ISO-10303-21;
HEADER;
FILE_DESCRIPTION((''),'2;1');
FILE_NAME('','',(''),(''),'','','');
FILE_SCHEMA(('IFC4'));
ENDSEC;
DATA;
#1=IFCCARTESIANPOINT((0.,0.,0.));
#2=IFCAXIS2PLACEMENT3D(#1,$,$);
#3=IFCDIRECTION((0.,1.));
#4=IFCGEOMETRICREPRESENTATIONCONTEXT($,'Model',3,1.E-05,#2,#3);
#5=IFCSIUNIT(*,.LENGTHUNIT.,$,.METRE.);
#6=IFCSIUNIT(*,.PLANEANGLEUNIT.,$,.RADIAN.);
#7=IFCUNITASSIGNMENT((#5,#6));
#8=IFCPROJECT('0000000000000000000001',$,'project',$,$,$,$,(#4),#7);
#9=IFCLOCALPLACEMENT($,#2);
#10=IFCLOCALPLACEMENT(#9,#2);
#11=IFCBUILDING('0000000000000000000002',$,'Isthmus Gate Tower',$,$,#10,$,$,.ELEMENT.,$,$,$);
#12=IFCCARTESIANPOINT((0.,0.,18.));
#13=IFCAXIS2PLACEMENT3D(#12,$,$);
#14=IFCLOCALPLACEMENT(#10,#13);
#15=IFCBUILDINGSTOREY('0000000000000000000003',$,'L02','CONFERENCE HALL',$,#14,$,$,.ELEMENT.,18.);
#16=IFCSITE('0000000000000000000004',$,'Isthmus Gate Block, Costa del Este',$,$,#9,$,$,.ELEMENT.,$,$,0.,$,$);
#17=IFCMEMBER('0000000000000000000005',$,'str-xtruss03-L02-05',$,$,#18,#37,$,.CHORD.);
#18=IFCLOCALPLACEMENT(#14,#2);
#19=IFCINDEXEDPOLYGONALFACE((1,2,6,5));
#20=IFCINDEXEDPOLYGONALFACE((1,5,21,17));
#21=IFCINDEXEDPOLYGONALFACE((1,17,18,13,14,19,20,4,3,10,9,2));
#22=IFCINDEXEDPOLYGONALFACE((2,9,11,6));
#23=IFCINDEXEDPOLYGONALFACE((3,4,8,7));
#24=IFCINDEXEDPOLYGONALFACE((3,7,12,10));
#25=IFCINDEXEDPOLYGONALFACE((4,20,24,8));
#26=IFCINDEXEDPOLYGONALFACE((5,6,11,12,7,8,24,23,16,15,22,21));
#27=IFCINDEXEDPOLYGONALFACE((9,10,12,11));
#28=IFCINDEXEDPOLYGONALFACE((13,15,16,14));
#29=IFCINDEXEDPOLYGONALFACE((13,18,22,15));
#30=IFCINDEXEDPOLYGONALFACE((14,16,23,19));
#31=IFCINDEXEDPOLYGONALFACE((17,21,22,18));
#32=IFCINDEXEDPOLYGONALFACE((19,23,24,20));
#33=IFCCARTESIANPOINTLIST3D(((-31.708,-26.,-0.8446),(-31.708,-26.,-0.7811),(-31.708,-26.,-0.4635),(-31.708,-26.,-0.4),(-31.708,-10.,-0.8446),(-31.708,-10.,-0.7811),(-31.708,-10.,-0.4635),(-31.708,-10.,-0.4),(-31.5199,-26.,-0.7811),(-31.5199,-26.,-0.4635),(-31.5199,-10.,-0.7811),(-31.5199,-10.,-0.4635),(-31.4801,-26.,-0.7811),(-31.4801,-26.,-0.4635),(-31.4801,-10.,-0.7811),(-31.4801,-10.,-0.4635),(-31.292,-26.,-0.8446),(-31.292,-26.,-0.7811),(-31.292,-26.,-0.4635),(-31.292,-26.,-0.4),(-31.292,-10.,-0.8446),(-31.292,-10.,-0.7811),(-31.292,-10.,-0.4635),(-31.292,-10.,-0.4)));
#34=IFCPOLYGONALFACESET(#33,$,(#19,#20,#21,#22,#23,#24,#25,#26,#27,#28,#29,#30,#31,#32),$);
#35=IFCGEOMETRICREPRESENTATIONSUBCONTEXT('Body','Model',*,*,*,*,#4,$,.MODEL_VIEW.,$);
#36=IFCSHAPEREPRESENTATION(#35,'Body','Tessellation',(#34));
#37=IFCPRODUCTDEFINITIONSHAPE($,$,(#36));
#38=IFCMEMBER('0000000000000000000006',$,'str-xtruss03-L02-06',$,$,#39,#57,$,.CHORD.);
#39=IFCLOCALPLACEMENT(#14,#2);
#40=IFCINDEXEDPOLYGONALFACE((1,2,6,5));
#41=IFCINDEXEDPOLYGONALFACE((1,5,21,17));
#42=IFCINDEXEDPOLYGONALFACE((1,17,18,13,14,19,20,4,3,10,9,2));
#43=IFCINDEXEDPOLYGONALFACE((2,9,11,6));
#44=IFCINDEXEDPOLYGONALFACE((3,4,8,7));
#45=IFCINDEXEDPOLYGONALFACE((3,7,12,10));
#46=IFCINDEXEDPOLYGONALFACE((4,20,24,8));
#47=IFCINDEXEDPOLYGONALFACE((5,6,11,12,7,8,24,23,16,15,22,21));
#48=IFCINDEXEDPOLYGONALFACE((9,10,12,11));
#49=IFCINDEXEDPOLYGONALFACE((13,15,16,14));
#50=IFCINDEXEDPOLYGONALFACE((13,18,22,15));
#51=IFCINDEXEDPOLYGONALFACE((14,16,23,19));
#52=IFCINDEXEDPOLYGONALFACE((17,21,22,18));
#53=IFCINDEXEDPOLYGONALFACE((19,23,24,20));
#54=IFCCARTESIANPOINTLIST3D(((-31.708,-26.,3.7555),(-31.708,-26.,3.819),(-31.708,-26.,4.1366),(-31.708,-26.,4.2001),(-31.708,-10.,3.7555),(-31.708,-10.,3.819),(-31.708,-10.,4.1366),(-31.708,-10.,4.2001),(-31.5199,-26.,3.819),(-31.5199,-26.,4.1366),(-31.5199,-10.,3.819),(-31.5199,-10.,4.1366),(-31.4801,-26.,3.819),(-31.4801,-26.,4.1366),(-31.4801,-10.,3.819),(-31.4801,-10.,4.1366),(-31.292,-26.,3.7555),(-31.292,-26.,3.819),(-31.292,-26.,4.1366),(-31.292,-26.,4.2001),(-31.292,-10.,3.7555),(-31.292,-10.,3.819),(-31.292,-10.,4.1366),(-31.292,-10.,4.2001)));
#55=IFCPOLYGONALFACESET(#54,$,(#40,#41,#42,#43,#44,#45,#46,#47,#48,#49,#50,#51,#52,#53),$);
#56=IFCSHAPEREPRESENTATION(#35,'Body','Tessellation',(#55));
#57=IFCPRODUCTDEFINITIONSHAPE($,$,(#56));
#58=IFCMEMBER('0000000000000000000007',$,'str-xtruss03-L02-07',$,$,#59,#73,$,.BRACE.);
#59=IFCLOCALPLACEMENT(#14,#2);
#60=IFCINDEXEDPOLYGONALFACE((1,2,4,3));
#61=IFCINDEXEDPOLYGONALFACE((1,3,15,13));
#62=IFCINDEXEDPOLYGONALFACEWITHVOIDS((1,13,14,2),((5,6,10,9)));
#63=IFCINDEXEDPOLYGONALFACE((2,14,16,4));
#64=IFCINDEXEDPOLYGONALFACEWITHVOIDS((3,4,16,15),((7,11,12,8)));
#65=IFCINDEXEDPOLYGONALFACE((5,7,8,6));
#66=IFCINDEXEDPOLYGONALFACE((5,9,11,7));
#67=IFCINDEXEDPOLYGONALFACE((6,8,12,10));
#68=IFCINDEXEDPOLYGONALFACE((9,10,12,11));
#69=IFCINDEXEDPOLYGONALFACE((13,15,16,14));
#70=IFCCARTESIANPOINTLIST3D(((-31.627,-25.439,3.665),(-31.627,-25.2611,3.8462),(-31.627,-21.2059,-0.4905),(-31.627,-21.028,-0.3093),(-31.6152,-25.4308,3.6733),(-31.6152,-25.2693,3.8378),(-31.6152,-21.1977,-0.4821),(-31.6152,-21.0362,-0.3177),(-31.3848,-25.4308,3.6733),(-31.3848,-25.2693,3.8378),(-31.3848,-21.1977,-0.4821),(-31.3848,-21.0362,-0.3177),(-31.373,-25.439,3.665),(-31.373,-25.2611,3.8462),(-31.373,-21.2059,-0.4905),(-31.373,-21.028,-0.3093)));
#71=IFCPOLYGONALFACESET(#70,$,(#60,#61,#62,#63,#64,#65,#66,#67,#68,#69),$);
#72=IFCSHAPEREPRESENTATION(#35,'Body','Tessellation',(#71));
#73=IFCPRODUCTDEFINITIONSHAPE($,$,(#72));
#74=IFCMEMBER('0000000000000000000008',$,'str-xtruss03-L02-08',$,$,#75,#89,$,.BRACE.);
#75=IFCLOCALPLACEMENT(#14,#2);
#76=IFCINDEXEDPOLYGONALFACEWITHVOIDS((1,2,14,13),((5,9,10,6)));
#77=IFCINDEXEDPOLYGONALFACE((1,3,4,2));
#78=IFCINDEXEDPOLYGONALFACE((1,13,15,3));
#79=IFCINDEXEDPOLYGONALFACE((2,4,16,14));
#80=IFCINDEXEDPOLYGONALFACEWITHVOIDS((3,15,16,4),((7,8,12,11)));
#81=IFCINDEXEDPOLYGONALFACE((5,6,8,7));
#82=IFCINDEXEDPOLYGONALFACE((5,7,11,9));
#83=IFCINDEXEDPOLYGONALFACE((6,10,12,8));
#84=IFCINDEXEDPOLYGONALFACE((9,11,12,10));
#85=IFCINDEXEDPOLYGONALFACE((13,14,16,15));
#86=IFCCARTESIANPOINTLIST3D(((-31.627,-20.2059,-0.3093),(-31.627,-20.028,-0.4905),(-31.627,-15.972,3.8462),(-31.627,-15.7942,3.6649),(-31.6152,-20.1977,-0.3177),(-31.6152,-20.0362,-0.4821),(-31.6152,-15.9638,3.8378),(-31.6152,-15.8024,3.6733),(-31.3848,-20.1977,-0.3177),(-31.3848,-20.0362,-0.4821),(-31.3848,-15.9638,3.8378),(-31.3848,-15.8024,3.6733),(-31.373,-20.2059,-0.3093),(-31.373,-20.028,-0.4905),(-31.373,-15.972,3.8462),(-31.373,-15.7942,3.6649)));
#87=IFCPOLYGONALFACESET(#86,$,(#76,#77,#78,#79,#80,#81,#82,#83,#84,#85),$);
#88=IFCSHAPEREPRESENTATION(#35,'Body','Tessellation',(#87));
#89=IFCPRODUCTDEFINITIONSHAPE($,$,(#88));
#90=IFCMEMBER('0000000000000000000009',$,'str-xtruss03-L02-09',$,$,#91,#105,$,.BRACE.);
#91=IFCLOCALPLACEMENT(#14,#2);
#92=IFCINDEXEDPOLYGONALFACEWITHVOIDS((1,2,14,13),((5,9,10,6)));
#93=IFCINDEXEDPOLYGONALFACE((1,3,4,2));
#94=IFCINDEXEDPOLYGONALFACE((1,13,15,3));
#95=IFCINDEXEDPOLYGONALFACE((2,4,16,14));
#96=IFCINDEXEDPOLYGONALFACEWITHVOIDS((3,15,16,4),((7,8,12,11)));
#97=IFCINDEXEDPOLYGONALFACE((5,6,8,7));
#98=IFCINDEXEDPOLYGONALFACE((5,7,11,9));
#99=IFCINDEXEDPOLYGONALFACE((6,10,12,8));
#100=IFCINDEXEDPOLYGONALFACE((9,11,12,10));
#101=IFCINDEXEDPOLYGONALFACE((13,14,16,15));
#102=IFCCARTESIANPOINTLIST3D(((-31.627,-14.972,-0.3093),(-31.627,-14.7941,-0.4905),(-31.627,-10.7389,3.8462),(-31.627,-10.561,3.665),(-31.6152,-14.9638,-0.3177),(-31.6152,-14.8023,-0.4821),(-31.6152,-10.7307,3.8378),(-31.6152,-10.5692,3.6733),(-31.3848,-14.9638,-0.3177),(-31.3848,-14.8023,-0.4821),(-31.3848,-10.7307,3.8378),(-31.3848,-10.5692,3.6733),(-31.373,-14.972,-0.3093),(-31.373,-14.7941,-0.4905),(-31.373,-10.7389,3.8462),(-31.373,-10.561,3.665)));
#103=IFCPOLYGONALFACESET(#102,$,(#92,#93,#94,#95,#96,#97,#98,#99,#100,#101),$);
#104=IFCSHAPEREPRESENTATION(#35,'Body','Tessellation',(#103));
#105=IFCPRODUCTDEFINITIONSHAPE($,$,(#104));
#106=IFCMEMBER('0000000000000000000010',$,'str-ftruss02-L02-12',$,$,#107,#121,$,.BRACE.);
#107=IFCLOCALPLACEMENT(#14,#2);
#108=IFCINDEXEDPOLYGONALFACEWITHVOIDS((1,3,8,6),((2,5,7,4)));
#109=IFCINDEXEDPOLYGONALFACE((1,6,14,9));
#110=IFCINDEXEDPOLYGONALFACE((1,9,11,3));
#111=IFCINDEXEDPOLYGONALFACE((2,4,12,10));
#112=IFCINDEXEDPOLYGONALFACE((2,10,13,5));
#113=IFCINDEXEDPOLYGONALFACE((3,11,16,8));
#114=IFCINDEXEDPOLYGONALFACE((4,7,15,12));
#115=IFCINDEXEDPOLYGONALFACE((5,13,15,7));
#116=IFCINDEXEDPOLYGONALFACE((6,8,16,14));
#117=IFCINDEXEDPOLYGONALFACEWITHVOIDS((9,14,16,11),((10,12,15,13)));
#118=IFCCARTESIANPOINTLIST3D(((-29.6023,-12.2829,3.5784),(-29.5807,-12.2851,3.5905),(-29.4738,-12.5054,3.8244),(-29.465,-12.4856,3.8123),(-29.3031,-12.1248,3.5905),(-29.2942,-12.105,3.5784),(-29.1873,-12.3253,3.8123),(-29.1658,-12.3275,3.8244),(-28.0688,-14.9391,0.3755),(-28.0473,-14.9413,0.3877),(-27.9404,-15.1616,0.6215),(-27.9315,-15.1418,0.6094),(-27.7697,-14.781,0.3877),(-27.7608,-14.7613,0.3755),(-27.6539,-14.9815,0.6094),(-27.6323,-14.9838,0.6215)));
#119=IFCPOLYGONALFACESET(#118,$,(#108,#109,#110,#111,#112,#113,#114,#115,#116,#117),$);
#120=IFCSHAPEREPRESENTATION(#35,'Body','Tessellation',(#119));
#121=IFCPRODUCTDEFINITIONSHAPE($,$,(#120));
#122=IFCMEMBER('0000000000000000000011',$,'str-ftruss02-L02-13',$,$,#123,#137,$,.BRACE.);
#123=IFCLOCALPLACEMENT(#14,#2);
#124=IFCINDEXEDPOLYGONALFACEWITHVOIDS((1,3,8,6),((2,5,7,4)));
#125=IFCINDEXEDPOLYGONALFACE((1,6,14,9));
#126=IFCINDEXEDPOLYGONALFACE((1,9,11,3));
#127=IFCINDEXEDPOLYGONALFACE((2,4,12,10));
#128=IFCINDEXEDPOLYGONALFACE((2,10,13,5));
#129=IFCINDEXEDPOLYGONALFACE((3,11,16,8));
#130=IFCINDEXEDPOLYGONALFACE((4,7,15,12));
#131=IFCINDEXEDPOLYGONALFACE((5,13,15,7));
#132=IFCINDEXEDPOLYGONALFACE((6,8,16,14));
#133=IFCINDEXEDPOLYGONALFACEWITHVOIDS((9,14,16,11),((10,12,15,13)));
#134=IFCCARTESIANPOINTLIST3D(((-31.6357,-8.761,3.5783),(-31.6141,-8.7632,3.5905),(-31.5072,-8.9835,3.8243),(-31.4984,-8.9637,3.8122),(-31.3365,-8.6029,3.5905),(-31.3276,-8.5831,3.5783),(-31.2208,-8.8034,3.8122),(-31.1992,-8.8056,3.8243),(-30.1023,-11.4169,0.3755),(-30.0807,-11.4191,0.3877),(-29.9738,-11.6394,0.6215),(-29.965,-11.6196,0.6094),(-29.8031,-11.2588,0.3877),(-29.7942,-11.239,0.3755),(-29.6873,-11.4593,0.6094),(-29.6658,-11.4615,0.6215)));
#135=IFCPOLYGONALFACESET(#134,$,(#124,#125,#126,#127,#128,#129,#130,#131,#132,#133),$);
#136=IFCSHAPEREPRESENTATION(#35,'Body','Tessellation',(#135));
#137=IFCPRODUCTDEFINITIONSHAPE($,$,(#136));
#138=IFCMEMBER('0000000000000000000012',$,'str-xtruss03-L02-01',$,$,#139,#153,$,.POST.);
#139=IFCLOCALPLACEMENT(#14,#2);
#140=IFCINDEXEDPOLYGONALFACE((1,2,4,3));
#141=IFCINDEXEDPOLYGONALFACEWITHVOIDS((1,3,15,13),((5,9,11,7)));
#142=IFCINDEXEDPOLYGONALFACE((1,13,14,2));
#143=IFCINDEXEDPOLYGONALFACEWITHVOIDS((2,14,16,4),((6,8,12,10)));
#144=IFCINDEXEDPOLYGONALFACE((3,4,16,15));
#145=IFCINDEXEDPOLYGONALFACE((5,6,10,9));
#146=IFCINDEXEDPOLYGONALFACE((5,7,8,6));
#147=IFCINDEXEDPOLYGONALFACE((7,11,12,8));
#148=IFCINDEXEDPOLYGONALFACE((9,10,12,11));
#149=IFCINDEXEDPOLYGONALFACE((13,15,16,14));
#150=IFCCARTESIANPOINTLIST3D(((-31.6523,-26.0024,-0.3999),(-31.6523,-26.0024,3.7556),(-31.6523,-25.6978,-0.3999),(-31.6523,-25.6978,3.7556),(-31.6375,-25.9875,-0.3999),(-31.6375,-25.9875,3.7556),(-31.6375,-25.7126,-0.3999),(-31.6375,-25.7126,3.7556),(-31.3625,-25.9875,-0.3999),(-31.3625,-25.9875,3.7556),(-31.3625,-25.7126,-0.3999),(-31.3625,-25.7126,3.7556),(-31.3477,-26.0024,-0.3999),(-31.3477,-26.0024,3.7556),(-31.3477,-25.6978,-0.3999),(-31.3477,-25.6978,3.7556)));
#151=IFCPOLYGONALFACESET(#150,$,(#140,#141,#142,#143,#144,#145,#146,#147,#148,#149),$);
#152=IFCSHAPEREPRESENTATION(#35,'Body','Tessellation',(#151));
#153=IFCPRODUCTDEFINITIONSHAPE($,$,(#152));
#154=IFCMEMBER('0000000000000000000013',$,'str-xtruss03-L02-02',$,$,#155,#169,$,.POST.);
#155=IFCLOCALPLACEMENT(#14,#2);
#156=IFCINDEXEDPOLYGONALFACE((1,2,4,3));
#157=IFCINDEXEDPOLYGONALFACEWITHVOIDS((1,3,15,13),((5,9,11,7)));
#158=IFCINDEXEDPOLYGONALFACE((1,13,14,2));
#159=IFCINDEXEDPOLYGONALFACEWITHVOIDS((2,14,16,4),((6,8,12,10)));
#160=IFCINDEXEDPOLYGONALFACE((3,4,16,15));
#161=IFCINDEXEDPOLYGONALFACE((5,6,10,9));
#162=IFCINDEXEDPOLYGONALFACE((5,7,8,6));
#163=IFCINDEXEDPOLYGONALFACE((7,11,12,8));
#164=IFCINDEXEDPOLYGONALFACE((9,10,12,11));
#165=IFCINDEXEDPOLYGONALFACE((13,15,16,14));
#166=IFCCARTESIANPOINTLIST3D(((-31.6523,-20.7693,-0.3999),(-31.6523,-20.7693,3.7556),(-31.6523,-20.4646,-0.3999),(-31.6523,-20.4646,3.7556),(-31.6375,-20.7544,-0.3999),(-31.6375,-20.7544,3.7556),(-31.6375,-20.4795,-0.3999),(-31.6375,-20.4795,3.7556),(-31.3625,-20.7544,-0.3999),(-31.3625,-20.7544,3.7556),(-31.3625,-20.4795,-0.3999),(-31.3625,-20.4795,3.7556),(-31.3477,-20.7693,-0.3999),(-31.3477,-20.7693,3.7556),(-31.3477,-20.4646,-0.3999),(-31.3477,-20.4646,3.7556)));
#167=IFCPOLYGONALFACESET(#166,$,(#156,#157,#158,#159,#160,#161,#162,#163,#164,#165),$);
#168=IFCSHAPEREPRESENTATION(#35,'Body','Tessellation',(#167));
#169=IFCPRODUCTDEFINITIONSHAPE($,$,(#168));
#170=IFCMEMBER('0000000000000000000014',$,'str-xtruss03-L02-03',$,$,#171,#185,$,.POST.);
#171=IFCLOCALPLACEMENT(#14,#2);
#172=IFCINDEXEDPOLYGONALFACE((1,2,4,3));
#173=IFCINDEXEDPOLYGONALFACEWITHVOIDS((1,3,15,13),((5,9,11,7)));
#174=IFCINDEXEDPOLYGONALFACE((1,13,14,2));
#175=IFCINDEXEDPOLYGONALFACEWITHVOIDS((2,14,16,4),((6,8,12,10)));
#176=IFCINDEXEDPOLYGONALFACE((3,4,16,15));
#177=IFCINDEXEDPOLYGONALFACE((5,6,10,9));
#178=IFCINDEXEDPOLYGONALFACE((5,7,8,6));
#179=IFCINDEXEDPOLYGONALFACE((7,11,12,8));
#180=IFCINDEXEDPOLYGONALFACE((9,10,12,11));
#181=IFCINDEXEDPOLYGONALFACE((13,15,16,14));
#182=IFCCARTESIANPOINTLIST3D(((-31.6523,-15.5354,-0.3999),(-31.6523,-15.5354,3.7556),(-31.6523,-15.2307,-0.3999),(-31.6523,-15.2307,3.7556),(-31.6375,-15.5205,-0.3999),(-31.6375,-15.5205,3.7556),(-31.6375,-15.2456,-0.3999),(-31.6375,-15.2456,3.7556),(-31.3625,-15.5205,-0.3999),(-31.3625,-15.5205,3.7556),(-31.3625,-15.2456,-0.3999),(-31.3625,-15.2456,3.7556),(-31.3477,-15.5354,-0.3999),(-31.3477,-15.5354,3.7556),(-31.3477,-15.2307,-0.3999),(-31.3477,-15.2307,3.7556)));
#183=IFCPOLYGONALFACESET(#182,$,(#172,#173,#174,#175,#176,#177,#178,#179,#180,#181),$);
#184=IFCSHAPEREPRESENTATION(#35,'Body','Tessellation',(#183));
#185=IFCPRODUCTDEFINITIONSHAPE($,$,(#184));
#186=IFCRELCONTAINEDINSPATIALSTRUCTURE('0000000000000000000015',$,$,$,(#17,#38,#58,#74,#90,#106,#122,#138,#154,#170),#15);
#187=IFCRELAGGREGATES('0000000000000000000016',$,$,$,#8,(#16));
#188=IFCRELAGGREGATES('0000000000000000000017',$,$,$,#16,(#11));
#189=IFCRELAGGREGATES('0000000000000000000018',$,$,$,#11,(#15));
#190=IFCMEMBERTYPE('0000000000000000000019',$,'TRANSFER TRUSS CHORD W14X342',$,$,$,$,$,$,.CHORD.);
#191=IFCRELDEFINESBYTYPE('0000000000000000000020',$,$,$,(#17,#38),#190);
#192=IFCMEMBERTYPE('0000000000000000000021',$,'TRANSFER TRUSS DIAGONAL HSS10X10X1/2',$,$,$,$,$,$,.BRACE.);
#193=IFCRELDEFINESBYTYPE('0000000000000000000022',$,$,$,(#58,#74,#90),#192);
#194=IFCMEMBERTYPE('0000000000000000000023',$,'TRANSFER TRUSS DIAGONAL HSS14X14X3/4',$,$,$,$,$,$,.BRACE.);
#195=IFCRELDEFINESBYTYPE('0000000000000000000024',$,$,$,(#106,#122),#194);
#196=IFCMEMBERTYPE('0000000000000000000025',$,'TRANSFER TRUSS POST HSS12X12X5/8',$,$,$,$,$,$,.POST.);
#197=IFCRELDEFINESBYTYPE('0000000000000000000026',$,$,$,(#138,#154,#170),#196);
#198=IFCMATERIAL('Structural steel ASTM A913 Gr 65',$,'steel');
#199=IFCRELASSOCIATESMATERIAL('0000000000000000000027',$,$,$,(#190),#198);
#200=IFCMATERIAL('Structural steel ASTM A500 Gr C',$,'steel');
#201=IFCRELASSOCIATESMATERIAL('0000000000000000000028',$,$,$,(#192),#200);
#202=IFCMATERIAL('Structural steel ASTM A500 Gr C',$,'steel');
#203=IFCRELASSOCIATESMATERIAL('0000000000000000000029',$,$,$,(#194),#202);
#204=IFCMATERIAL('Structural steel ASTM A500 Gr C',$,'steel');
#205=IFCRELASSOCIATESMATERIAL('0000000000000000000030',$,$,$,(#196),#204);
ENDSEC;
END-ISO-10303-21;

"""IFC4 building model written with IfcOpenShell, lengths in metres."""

from ifc_helpers import new_model, si_unit, direction, frame, origin, origin_2d, place, context, subcontext, project, spatial, hollow_rectangle, i_section, extrude, material, material_profile, profile_set, type_object, element, save


model = new_model("IFC4")

# Units and contexts
model_context = context("Model", 3, precision=1e-05, world=origin(), true_north=direction((0.0, 1.0)))
body_context = subcontext(model_context, "Body", "Model", "MODEL_VIEW")
ifc_project = project(units=[si_unit("LENGTHUNIT", "METRE"), si_unit("PLANEANGLEUNIT", "RADIAN")], contexts=[model_context])

# Site, building, storey
site_placement = place(None, origin())
site = spatial("IfcSite", under=ifc_project, at=site_placement, Name="Isthmus Gate Block, Costa del Este", CompositionType="ELEMENT", RefElevation=0.0)
building_placement = place(site_placement, origin())
building = spatial("IfcBuilding", under=site, at=building_placement, Name="Isthmus Gate Tower", CompositionType="ELEMENT")
storey_placement = place(building_placement, frame((0.0, 0.0, 18.0)))
storey = spatial("IfcBuildingStorey", under=building, at=storey_placement, Name="L02", Description="CONFERENCE HALL", CompositionType="ELEMENT", Elevation=18.0)

# Members
ifc_material_1 = material(Name="Structural steel ASTM A913 Gr 65", Category="steel")
ifc_material_profile_1 = material_profile(ifc_material_1, i_section(OverallWidth=0.416, OverallDepth=0.4446, WebThickness=0.0398, FlangeThickness=0.0635, at=origin_2d()), Name="W14X342")
ifc_profile_set_1 = profile_set([ifc_material_profile_1], Name="Structural steel ASTM A913 Gr 65")
member_type_1 = type_object("IfcMemberType", Name="TRANSFER TRUSS CHORD W14X342", PredefinedType="CHORD", material=ifc_profile_set_1)
for number, where, z_axis, x_axis, name in (
    (1, (-31.5, -26.0, -0.6223), (0.0, 1.0, 0.0), (-1.0, 0.0, 0.0), "str-xtruss03-L02-05"),
    (2, (-31.5, -26.0, 3.9778), (0.0, 1.0, 0.0), (-1.0, 0.0, 0.0), "str-xtruss03-L02-06"),
):
    element("IfcMember", number, at=place(storey_placement, frame(where, z_axis=z_axis, x_axis=x_axis)), inside=storey, type_object=member_type_1, Name=name, PredefinedType="CHORD", context=body_context, shape_type="SweptSolid", body=[
        extrude(i_section(OverallWidth=0.416, OverallDepth=0.4446, WebThickness=0.0398, FlangeThickness=0.0635, at=origin_2d()), origin(), (0.0, 0.0, 1.0), 16.0),
    ])
ifc_material_2 = material(Name="Structural steel ASTM A500 Gr C", Category="steel")
ifc_material_profile_2 = material_profile(ifc_material_2, hollow_rectangle(XDim=0.2539, YDim=0.2539, WallThickness=0.0117, at=origin_2d()), Name="HSS10X10X1/2")
ifc_profile_set_2 = profile_set([ifc_material_profile_2], Name="Structural steel ASTM A500 Gr C")
member_type_2 = type_object("IfcMemberType", Name="TRANSFER TRUSS DIAGONAL HSS10X10X1/2", PredefinedType="BRACE", material=ifc_profile_set_2)
member_1_placement = place(storey_placement, frame((-31.5, -21.1169, -0.3999), z_axis=(0.0, -0.71362, 0.700533), x_axis=(1.0, 0.0, 0.0)))
element("IfcMember", 3, at=member_1_placement, inside=storey, type_object=member_type_2, Name="str-xtruss03-L02-07", PredefinedType="BRACE", context=body_context, shape_type="SweptSolid", body=[
    extrude(hollow_rectangle(XDim=0.2539, YDim=0.2539, WallThickness=0.0117, at=origin_2d()), origin(), (0.0, 0.0, 1.0), 5.9319),
])
member_2_placement = place(storey_placement, frame((-31.5, -20.1169, -0.3999), z_axis=(0.0, 0.713681, 0.700471), x_axis=(-1.0, 0.0, 0.0)))
element("IfcMember", 4, at=member_2_placement, inside=storey, type_object=member_type_2, Name="str-xtruss03-L02-08", PredefinedType="BRACE", context=body_context, shape_type="SweptSolid", body=[
    extrude(hollow_rectangle(XDim=0.2539, YDim=0.2539, WallThickness=0.0117, at=origin_2d()), origin(), (0.0, 0.0, 1.0), 5.9324),
])
member_3_placement = place(storey_placement, frame((-31.5, -14.8831, -0.3999), z_axis=(0.0, 0.71362, 0.700533), x_axis=(-1.0, 0.0, 0.0)))
element("IfcMember", 5, at=member_3_placement, inside=storey, type_object=member_type_2, Name="str-xtruss03-L02-09", PredefinedType="BRACE", context=body_context, shape_type="SweptSolid", body=[
    extrude(hollow_rectangle(XDim=0.2539, YDim=0.2539, WallThickness=0.0117, at=origin_2d()), origin(), (0.0, 0.0, 1.0), 5.9319),
])
ifc_material_3 = material(Name="Structural steel ASTM A500 Gr C", Category="steel")
ifc_material_profile_3 = material_profile(ifc_material_3, hollow_rectangle(XDim=0.3557, YDim=0.3557, WallThickness=0.0176, at=origin_2d()), Name="HSS14X14X3/4")
ifc_profile_set_3 = profile_set([ifc_material_profile_3], Name="Structural steel ASTM A500 Gr C")
member_type_3 = type_object("IfcMemberType", Name="TRANSFER TRUSS DIAGONAL HSS14X14X3/4", PredefinedType="BRACE", material=ifc_profile_set_3)
member_4_placement = place(storey_placement, frame((-27.8506, -14.9614, 0.4985), z_axis=(-0.345793, 0.598985, 0.72225), x_axis=(-0.866045, -0.499966, 0.0)))
element("IfcMember", 6, at=member_4_placement, inside=storey, type_object=member_type_3, Name="str-ftruss02-L02-12", PredefinedType="BRACE", context=body_context, shape_type="SweptSolid", body=[
    extrude(hollow_rectangle(XDim=0.3557, YDim=0.3557, WallThickness=0.0176, at=origin_2d()), origin(), (0.0, 0.0, 1.0), 4.4346),
])
member_5_placement = place(storey_placement, frame((-29.884, -11.4392, 0.4985), z_axis=(-0.345804, 0.598949, 0.722274), x_axis=(-0.866025, -0.5, 0.0)))
element("IfcMember", 7, at=member_5_placement, inside=storey, type_object=member_type_3, Name="str-ftruss02-L02-13", PredefinedType="BRACE", context=body_context, shape_type="SweptSolid", body=[
    extrude(hollow_rectangle(XDim=0.3557, YDim=0.3557, WallThickness=0.0176, at=origin_2d()), origin(), (0.0, 0.0, 1.0), 4.4343),
])
ifc_material_4 = material(Name="Structural steel ASTM A500 Gr C", Category="steel")
ifc_material_profile_4 = material_profile(ifc_material_4, hollow_rectangle(XDim=0.3047, YDim=0.3047, WallThickness=0.0149, at=origin_2d()), Name="HSS12X12X5/8")
ifc_profile_set_4 = profile_set([ifc_material_profile_4], Name="Structural steel ASTM A500 Gr C")
member_type_4 = type_object("IfcMemberType", Name="TRANSFER TRUSS POST HSS12X12X5/8", PredefinedType="POST", material=ifc_profile_set_4)
for number, where, z_axis, x_axis, name in (
    (8, (-31.5, -25.8501, -0.3999), (0.0, 0.0, 1.0), (1.0, 0.0, 0.0), "str-xtruss03-L02-01"),
    (9, (-31.5, -20.6169, -0.3999), (0.0, 0.0, 1.0), (1.0, 0.0, 0.0), "str-xtruss03-L02-02"),
    (10, (-31.5, -15.3831, -0.3999), (0.0, 0.0, 1.0), (1.0, 0.0, 0.0), "str-xtruss03-L02-03"),
):
    element("IfcMember", number, at=place(storey_placement, frame(where, z_axis=z_axis, x_axis=x_axis)), inside=storey, type_object=member_type_4, Name=name, PredefinedType="POST", context=body_context, shape_type="SweptSolid", body=[
        extrude(hollow_rectangle(XDim=0.3047, YDim=0.3047, WallThickness=0.0149, at=origin_2d()), origin(), (0.0, 0.0, 1.0), 4.1555),
    ])

save(model, "model.ifc")
